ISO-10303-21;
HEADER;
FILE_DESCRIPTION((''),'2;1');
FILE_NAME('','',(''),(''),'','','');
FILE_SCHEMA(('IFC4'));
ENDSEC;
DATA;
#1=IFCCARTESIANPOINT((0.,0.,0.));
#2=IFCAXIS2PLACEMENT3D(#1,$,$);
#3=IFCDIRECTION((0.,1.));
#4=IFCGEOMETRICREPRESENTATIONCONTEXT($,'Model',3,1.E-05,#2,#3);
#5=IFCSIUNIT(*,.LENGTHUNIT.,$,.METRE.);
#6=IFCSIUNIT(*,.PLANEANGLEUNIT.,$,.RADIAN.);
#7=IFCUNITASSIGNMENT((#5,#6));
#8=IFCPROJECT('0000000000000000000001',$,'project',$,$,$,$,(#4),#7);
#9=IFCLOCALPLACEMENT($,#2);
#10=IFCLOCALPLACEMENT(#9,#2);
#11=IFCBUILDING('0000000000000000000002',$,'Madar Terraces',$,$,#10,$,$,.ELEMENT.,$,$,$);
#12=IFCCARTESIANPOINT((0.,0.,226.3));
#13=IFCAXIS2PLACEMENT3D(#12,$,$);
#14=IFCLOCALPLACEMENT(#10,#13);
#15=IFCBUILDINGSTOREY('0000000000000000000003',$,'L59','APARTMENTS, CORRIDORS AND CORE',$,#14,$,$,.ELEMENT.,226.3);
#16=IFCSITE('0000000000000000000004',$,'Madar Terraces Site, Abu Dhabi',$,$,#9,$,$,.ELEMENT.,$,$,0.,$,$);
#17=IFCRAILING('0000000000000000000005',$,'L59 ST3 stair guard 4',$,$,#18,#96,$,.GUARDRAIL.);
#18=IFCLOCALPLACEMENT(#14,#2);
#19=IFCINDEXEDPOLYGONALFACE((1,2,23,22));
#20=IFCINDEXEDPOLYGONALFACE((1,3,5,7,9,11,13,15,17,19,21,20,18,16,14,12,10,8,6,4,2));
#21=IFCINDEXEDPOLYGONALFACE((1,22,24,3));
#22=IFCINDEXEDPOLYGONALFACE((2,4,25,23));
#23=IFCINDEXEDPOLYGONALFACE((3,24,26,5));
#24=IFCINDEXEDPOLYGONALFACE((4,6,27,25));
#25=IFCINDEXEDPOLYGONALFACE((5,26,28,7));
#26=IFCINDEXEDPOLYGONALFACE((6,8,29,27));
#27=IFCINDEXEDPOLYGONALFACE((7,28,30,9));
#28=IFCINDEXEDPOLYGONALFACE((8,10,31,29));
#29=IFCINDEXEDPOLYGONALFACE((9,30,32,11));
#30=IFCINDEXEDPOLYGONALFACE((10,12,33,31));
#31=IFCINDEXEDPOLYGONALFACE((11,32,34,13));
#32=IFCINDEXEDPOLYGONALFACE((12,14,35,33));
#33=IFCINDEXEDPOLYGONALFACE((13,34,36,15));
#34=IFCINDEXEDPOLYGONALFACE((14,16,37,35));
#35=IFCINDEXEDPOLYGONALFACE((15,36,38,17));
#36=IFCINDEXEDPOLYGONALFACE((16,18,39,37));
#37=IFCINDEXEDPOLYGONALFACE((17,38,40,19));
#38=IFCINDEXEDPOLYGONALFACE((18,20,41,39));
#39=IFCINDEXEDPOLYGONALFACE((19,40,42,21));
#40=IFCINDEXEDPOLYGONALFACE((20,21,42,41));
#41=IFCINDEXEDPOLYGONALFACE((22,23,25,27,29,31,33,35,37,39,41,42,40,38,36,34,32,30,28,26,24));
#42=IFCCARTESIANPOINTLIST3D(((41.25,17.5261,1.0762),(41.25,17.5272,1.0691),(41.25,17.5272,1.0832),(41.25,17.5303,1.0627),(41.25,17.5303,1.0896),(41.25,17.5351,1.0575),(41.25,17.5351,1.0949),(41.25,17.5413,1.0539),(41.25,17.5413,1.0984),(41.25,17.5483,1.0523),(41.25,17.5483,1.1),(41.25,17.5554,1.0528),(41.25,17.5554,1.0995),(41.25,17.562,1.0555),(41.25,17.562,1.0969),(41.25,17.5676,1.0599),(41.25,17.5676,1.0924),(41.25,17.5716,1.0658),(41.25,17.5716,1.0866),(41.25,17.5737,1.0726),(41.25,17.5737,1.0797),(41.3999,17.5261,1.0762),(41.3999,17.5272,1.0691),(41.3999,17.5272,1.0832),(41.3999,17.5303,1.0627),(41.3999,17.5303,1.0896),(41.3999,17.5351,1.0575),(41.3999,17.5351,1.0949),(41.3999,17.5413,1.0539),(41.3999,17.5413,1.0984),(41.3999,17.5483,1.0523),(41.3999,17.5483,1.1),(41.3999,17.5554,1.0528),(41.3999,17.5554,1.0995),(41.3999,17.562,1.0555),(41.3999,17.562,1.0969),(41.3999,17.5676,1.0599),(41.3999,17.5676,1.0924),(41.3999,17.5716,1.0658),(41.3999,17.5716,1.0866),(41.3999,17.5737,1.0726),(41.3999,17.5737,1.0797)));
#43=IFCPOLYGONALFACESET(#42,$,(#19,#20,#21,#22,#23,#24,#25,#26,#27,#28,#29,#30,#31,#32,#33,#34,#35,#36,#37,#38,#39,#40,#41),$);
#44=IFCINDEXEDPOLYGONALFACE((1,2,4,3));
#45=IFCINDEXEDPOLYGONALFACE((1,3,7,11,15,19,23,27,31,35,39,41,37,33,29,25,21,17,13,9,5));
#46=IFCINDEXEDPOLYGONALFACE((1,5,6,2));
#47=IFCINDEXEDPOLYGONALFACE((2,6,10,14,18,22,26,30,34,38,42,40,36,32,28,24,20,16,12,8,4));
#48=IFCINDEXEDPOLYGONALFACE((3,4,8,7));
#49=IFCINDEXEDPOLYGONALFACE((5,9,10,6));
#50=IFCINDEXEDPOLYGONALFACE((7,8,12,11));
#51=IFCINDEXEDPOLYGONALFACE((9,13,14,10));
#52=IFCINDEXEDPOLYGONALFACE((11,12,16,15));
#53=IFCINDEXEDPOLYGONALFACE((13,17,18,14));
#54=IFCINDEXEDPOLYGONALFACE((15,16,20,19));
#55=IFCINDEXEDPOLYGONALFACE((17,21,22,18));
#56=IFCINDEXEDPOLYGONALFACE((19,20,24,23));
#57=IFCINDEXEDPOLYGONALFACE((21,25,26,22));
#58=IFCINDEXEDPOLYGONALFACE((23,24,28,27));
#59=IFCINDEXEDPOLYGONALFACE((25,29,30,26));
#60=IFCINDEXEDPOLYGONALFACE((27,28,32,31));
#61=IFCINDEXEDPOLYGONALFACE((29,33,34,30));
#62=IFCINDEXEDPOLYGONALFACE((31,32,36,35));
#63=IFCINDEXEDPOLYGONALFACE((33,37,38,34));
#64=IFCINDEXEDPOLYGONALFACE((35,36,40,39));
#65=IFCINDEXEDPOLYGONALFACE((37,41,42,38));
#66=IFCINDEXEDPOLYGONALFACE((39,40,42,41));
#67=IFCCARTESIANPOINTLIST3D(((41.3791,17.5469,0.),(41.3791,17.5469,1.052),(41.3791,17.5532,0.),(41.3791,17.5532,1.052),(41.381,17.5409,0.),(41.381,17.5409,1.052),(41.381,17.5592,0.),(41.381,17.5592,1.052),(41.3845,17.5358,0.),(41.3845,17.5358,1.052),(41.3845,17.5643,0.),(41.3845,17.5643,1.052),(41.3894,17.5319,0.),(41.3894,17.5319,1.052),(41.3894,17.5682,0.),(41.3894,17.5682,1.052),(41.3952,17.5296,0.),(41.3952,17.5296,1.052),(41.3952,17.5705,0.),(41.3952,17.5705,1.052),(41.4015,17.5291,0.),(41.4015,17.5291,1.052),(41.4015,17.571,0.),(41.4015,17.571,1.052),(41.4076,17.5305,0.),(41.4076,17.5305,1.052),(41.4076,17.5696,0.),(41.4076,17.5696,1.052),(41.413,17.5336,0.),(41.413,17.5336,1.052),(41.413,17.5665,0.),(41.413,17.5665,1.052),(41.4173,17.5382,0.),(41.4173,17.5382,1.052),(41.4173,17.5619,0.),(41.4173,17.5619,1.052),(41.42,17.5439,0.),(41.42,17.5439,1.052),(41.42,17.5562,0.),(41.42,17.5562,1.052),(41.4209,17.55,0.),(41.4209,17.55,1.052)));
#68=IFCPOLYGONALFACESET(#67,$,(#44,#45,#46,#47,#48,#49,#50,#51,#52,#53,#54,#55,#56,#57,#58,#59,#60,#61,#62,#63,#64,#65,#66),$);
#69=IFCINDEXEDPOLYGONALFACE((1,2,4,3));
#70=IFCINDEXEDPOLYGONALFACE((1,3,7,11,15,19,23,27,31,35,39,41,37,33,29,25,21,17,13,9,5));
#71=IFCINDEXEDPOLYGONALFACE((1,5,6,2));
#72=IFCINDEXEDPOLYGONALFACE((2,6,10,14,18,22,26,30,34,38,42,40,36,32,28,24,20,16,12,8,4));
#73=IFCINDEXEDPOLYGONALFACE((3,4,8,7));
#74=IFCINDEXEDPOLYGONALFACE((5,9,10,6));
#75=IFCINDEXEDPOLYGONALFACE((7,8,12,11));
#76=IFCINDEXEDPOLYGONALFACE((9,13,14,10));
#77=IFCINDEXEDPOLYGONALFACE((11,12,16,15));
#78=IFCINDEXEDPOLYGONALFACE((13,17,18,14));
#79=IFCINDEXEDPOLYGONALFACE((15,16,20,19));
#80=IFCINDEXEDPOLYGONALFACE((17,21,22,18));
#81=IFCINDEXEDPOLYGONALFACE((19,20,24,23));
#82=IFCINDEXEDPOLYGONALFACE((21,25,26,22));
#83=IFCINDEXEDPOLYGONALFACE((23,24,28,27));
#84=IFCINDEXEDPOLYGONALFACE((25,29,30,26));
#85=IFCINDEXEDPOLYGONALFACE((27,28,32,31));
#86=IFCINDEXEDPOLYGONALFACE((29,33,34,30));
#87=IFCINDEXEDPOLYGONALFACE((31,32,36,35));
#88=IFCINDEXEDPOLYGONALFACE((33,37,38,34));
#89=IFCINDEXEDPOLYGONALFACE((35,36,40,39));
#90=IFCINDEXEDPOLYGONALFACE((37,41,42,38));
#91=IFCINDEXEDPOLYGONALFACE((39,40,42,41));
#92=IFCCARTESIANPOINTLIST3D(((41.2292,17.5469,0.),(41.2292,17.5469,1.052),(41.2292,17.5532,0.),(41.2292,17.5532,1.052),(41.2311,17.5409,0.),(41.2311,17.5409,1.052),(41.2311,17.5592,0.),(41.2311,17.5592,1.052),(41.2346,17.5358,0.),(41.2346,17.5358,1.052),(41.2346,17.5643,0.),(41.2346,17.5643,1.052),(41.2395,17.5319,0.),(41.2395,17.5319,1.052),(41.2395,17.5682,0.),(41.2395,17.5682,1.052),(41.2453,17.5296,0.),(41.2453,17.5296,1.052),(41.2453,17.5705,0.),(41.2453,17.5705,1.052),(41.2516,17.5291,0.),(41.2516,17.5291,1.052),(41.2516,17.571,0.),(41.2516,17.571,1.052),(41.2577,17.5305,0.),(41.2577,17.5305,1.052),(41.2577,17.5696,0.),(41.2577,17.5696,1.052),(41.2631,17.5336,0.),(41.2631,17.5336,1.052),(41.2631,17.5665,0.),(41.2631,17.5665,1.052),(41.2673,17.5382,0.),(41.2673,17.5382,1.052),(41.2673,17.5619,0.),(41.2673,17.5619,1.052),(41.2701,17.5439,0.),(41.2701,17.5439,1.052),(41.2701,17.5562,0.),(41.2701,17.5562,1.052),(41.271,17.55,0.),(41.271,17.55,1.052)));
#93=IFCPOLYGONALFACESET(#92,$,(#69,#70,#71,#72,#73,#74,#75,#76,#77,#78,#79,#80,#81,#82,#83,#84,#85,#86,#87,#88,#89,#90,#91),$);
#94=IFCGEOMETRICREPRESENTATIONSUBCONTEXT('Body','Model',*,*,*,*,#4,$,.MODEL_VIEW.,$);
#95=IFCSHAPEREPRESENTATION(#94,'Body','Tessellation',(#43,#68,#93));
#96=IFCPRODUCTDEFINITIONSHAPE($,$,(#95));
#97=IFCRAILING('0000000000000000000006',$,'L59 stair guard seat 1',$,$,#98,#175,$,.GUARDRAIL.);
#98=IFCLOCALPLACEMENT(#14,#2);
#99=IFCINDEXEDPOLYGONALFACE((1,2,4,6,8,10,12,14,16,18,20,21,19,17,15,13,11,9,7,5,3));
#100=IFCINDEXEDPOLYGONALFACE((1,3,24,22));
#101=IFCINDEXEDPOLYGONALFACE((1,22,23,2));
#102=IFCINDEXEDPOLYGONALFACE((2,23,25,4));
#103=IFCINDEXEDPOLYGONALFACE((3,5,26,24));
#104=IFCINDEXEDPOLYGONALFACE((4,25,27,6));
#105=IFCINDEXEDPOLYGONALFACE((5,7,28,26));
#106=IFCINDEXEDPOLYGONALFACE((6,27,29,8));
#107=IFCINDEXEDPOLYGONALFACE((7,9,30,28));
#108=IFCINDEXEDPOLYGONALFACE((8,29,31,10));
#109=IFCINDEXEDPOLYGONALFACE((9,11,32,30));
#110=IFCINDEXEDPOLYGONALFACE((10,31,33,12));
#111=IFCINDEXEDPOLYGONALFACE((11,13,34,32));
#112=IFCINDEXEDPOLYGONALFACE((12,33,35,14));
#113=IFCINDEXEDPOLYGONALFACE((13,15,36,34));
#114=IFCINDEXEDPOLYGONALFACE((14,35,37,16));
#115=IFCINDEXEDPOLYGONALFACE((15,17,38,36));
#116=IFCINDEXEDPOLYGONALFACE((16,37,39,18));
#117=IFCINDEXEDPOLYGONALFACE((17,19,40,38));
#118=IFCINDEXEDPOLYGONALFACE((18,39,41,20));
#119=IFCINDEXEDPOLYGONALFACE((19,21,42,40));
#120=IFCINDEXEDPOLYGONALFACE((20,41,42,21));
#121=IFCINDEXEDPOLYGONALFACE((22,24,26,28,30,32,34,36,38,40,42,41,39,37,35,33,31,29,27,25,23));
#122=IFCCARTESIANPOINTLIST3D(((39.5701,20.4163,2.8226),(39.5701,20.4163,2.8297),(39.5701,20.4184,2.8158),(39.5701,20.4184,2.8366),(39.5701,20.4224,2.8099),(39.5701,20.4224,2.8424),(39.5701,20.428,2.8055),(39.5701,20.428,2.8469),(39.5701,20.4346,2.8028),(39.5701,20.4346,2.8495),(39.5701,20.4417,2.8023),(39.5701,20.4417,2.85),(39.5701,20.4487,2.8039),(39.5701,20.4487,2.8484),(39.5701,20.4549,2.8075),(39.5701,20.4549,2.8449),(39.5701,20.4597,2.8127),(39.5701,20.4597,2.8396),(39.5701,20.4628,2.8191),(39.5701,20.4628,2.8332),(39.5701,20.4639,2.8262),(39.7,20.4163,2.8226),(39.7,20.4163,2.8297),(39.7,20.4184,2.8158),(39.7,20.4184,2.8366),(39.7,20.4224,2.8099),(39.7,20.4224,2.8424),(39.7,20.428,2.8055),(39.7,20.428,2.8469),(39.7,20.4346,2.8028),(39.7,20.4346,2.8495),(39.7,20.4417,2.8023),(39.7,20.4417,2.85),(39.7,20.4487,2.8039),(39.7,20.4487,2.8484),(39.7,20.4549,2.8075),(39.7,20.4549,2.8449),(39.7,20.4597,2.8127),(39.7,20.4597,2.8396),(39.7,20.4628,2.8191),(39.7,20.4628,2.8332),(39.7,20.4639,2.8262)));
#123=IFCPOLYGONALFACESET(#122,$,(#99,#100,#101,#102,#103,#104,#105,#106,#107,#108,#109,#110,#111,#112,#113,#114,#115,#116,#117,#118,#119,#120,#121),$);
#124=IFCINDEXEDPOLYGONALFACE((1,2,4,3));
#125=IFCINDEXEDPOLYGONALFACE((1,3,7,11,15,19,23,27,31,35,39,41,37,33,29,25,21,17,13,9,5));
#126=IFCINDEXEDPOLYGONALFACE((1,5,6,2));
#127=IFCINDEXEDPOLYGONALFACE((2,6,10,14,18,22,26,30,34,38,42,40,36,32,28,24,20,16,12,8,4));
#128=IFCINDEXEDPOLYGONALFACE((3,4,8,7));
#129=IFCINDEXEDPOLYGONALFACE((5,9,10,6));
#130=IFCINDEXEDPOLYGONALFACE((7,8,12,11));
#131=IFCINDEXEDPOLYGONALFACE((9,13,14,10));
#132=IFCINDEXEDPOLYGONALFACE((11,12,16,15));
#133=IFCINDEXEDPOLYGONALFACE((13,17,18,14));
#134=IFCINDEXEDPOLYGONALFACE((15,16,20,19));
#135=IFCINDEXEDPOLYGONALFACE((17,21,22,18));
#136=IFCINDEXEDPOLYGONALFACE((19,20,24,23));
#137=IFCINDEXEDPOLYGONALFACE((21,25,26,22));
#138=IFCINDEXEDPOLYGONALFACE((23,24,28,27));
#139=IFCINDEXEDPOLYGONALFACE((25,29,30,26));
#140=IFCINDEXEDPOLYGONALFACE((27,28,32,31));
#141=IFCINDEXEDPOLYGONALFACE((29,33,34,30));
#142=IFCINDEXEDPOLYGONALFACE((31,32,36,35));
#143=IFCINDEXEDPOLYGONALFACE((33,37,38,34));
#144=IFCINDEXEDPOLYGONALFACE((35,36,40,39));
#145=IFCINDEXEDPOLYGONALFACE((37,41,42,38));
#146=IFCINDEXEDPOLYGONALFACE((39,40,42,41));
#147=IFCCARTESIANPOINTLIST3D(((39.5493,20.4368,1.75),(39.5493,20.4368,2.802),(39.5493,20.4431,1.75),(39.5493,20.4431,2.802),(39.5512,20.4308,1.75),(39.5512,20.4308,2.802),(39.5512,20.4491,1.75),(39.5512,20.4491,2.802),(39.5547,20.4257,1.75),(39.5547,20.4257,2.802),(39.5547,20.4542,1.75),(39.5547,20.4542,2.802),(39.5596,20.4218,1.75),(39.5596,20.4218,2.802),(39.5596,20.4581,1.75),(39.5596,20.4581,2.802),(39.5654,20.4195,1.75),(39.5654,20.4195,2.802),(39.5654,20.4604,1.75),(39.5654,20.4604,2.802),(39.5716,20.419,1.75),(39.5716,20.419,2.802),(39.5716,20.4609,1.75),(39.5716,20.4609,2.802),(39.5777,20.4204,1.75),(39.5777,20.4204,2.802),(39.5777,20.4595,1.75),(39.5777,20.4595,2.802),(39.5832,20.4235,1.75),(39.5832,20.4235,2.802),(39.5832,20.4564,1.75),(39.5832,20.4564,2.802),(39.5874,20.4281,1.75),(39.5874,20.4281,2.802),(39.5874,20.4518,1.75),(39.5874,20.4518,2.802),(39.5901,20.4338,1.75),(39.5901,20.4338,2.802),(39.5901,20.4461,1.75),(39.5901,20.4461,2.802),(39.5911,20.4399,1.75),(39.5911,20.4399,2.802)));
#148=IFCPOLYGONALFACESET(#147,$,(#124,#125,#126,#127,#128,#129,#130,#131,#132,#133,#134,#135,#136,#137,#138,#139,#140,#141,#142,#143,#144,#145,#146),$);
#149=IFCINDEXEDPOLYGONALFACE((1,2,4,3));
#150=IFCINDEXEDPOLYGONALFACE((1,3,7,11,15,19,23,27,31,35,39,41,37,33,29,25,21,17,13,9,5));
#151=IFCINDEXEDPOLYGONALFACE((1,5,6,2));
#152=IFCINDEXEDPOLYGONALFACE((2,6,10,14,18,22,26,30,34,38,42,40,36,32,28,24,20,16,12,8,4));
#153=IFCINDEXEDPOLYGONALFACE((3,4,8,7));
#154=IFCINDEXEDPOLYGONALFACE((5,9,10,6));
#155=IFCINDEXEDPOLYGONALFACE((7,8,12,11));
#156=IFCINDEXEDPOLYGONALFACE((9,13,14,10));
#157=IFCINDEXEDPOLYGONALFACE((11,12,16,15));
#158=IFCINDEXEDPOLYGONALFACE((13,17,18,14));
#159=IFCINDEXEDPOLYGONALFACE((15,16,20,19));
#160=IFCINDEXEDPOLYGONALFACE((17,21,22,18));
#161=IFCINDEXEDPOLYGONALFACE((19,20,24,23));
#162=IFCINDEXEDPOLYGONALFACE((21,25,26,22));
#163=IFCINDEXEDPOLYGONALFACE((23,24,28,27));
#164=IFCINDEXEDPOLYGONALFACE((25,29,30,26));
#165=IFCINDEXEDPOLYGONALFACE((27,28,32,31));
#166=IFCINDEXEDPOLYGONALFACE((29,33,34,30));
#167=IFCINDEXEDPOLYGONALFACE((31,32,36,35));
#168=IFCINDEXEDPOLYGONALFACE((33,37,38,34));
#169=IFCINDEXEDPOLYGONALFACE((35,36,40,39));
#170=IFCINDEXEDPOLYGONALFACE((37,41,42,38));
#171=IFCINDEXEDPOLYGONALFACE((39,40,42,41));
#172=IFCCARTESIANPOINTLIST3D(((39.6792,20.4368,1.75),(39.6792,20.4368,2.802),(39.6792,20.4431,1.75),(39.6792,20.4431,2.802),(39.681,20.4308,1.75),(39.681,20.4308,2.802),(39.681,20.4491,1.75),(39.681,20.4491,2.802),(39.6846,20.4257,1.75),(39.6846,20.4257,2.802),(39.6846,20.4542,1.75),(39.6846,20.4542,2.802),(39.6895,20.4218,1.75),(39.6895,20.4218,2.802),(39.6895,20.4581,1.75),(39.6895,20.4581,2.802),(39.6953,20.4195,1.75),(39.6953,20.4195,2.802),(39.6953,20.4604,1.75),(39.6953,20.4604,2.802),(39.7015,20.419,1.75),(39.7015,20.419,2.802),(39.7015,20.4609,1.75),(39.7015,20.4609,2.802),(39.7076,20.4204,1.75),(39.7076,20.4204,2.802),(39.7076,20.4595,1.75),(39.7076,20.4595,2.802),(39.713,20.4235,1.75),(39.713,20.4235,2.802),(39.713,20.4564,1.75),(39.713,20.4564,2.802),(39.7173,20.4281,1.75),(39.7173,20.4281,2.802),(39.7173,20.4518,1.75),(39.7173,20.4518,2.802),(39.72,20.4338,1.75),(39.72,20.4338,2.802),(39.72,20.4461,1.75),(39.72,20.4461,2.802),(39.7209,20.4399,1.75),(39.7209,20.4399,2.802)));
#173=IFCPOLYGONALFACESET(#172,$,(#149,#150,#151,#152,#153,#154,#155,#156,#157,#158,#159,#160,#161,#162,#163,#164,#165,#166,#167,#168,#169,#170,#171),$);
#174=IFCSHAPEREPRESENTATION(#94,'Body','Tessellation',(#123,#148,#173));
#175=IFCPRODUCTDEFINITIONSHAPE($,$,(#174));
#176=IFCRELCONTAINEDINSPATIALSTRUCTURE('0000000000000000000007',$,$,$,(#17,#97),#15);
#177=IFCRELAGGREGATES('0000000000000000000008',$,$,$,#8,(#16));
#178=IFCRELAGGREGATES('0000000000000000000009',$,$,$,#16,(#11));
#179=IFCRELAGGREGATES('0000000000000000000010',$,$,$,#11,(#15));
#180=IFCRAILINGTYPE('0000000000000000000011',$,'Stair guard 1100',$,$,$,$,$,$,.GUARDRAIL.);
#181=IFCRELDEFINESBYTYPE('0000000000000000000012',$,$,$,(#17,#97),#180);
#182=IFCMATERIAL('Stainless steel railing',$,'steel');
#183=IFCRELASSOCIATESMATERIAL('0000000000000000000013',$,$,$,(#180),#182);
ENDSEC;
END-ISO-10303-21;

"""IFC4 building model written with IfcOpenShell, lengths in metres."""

from ifc_helpers import new_model, si_unit, direction, frame, origin, origin_2d, place, context, subcontext, project, spatial, circle, extrude, material, type_object, element, save


model = new_model("IFC4")

# Units and contexts
model_context = context("Model", 3, precision=1e-05, world=origin(), true_north=direction((0.0, 1.0)))
body_context = subcontext(model_context, "Body", "Model", "MODEL_VIEW")
ifc_project = project(units=[si_unit("LENGTHUNIT", "METRE"), si_unit("PLANEANGLEUNIT", "RADIAN")], contexts=[model_context])

# Site, building, storey
site_placement = place(None, origin())
site = spatial("IfcSite", under=ifc_project, at=site_placement, Name="Madar Terraces Site, Abu Dhabi", CompositionType="ELEMENT", RefElevation=0.0)
building_placement = place(site_placement, origin())
building = spatial("IfcBuilding", under=site, at=building_placement, Name="Madar Terraces", CompositionType="ELEMENT")
storey_placement = place(building_placement, frame((0.0, 0.0, 226.3)))
storey = spatial("IfcBuildingStorey", under=building, at=storey_placement, Name="L59", Description="APARTMENTS, CORRIDORS AND CORE", CompositionType="ELEMENT", Elevation=226.3)

# Railings
ifc_material_1 = material(Name="Stainless steel railing", Category="steel")
railing_type_1 = type_object("IfcRailingType", Name="Stair guard 1100", PredefinedType="GUARDRAIL", material=ifc_material_1)
railing_1_placement = place(storey_placement, frame((41.3999, 17.55, 0.0)))
element("IfcRailing", 1, at=railing_1_placement, inside=storey, type_object=railing_type_1, Name="L59 ST3 stair guard 4", PredefinedType="GUARDRAIL", context=body_context, shape_type="SweptSolid", body=[
    extrude(circle(Radius=0.0239, at=origin_2d()), frame((0.0, 0.0, 1.0762), z_axis=(-1.0, 0.0, 0.0), x_axis=(0.0, -1.0, 0.0)), (0.0, 0.0, 1.0), 0.1499),
    extrude(circle(Radius=0.021, at=origin_2d()), origin(), (0.0, 0.0, 1.0), 1.052),
    extrude(circle(Radius=0.021, at=origin_2d()), frame((-0.1499, 0.0, 0.0)), (0.0, 0.0, 1.0), 1.052),
])
railing_2_placement = place(storey_placement, frame((39.5701, 20.4399, 1.75)))
element("IfcRailing", 2, at=railing_2_placement, inside=storey, type_object=railing_type_1, Name="L59 stair guard seat 1", PredefinedType="GUARDRAIL", context=body_context, shape_type="SweptSolid", body=[
    extrude(circle(Radius=0.0239, at=origin_2d()), frame((0.0, 0.0, 1.0762), z_axis=(1.0, 0.0, 0.0), x_axis=(0.0, 1.0, 0.0)), (0.0, 0.0, 1.0), 0.1299),
    extrude(circle(Radius=0.021, at=origin_2d()), origin(), (0.0, 0.0, 1.0), 1.052),
    extrude(circle(Radius=0.021, at=origin_2d()), frame((0.1299, 0.0, 0.0)), (0.0, 0.0, 1.0), 1.052),
])

save(model, "model.ifc")
